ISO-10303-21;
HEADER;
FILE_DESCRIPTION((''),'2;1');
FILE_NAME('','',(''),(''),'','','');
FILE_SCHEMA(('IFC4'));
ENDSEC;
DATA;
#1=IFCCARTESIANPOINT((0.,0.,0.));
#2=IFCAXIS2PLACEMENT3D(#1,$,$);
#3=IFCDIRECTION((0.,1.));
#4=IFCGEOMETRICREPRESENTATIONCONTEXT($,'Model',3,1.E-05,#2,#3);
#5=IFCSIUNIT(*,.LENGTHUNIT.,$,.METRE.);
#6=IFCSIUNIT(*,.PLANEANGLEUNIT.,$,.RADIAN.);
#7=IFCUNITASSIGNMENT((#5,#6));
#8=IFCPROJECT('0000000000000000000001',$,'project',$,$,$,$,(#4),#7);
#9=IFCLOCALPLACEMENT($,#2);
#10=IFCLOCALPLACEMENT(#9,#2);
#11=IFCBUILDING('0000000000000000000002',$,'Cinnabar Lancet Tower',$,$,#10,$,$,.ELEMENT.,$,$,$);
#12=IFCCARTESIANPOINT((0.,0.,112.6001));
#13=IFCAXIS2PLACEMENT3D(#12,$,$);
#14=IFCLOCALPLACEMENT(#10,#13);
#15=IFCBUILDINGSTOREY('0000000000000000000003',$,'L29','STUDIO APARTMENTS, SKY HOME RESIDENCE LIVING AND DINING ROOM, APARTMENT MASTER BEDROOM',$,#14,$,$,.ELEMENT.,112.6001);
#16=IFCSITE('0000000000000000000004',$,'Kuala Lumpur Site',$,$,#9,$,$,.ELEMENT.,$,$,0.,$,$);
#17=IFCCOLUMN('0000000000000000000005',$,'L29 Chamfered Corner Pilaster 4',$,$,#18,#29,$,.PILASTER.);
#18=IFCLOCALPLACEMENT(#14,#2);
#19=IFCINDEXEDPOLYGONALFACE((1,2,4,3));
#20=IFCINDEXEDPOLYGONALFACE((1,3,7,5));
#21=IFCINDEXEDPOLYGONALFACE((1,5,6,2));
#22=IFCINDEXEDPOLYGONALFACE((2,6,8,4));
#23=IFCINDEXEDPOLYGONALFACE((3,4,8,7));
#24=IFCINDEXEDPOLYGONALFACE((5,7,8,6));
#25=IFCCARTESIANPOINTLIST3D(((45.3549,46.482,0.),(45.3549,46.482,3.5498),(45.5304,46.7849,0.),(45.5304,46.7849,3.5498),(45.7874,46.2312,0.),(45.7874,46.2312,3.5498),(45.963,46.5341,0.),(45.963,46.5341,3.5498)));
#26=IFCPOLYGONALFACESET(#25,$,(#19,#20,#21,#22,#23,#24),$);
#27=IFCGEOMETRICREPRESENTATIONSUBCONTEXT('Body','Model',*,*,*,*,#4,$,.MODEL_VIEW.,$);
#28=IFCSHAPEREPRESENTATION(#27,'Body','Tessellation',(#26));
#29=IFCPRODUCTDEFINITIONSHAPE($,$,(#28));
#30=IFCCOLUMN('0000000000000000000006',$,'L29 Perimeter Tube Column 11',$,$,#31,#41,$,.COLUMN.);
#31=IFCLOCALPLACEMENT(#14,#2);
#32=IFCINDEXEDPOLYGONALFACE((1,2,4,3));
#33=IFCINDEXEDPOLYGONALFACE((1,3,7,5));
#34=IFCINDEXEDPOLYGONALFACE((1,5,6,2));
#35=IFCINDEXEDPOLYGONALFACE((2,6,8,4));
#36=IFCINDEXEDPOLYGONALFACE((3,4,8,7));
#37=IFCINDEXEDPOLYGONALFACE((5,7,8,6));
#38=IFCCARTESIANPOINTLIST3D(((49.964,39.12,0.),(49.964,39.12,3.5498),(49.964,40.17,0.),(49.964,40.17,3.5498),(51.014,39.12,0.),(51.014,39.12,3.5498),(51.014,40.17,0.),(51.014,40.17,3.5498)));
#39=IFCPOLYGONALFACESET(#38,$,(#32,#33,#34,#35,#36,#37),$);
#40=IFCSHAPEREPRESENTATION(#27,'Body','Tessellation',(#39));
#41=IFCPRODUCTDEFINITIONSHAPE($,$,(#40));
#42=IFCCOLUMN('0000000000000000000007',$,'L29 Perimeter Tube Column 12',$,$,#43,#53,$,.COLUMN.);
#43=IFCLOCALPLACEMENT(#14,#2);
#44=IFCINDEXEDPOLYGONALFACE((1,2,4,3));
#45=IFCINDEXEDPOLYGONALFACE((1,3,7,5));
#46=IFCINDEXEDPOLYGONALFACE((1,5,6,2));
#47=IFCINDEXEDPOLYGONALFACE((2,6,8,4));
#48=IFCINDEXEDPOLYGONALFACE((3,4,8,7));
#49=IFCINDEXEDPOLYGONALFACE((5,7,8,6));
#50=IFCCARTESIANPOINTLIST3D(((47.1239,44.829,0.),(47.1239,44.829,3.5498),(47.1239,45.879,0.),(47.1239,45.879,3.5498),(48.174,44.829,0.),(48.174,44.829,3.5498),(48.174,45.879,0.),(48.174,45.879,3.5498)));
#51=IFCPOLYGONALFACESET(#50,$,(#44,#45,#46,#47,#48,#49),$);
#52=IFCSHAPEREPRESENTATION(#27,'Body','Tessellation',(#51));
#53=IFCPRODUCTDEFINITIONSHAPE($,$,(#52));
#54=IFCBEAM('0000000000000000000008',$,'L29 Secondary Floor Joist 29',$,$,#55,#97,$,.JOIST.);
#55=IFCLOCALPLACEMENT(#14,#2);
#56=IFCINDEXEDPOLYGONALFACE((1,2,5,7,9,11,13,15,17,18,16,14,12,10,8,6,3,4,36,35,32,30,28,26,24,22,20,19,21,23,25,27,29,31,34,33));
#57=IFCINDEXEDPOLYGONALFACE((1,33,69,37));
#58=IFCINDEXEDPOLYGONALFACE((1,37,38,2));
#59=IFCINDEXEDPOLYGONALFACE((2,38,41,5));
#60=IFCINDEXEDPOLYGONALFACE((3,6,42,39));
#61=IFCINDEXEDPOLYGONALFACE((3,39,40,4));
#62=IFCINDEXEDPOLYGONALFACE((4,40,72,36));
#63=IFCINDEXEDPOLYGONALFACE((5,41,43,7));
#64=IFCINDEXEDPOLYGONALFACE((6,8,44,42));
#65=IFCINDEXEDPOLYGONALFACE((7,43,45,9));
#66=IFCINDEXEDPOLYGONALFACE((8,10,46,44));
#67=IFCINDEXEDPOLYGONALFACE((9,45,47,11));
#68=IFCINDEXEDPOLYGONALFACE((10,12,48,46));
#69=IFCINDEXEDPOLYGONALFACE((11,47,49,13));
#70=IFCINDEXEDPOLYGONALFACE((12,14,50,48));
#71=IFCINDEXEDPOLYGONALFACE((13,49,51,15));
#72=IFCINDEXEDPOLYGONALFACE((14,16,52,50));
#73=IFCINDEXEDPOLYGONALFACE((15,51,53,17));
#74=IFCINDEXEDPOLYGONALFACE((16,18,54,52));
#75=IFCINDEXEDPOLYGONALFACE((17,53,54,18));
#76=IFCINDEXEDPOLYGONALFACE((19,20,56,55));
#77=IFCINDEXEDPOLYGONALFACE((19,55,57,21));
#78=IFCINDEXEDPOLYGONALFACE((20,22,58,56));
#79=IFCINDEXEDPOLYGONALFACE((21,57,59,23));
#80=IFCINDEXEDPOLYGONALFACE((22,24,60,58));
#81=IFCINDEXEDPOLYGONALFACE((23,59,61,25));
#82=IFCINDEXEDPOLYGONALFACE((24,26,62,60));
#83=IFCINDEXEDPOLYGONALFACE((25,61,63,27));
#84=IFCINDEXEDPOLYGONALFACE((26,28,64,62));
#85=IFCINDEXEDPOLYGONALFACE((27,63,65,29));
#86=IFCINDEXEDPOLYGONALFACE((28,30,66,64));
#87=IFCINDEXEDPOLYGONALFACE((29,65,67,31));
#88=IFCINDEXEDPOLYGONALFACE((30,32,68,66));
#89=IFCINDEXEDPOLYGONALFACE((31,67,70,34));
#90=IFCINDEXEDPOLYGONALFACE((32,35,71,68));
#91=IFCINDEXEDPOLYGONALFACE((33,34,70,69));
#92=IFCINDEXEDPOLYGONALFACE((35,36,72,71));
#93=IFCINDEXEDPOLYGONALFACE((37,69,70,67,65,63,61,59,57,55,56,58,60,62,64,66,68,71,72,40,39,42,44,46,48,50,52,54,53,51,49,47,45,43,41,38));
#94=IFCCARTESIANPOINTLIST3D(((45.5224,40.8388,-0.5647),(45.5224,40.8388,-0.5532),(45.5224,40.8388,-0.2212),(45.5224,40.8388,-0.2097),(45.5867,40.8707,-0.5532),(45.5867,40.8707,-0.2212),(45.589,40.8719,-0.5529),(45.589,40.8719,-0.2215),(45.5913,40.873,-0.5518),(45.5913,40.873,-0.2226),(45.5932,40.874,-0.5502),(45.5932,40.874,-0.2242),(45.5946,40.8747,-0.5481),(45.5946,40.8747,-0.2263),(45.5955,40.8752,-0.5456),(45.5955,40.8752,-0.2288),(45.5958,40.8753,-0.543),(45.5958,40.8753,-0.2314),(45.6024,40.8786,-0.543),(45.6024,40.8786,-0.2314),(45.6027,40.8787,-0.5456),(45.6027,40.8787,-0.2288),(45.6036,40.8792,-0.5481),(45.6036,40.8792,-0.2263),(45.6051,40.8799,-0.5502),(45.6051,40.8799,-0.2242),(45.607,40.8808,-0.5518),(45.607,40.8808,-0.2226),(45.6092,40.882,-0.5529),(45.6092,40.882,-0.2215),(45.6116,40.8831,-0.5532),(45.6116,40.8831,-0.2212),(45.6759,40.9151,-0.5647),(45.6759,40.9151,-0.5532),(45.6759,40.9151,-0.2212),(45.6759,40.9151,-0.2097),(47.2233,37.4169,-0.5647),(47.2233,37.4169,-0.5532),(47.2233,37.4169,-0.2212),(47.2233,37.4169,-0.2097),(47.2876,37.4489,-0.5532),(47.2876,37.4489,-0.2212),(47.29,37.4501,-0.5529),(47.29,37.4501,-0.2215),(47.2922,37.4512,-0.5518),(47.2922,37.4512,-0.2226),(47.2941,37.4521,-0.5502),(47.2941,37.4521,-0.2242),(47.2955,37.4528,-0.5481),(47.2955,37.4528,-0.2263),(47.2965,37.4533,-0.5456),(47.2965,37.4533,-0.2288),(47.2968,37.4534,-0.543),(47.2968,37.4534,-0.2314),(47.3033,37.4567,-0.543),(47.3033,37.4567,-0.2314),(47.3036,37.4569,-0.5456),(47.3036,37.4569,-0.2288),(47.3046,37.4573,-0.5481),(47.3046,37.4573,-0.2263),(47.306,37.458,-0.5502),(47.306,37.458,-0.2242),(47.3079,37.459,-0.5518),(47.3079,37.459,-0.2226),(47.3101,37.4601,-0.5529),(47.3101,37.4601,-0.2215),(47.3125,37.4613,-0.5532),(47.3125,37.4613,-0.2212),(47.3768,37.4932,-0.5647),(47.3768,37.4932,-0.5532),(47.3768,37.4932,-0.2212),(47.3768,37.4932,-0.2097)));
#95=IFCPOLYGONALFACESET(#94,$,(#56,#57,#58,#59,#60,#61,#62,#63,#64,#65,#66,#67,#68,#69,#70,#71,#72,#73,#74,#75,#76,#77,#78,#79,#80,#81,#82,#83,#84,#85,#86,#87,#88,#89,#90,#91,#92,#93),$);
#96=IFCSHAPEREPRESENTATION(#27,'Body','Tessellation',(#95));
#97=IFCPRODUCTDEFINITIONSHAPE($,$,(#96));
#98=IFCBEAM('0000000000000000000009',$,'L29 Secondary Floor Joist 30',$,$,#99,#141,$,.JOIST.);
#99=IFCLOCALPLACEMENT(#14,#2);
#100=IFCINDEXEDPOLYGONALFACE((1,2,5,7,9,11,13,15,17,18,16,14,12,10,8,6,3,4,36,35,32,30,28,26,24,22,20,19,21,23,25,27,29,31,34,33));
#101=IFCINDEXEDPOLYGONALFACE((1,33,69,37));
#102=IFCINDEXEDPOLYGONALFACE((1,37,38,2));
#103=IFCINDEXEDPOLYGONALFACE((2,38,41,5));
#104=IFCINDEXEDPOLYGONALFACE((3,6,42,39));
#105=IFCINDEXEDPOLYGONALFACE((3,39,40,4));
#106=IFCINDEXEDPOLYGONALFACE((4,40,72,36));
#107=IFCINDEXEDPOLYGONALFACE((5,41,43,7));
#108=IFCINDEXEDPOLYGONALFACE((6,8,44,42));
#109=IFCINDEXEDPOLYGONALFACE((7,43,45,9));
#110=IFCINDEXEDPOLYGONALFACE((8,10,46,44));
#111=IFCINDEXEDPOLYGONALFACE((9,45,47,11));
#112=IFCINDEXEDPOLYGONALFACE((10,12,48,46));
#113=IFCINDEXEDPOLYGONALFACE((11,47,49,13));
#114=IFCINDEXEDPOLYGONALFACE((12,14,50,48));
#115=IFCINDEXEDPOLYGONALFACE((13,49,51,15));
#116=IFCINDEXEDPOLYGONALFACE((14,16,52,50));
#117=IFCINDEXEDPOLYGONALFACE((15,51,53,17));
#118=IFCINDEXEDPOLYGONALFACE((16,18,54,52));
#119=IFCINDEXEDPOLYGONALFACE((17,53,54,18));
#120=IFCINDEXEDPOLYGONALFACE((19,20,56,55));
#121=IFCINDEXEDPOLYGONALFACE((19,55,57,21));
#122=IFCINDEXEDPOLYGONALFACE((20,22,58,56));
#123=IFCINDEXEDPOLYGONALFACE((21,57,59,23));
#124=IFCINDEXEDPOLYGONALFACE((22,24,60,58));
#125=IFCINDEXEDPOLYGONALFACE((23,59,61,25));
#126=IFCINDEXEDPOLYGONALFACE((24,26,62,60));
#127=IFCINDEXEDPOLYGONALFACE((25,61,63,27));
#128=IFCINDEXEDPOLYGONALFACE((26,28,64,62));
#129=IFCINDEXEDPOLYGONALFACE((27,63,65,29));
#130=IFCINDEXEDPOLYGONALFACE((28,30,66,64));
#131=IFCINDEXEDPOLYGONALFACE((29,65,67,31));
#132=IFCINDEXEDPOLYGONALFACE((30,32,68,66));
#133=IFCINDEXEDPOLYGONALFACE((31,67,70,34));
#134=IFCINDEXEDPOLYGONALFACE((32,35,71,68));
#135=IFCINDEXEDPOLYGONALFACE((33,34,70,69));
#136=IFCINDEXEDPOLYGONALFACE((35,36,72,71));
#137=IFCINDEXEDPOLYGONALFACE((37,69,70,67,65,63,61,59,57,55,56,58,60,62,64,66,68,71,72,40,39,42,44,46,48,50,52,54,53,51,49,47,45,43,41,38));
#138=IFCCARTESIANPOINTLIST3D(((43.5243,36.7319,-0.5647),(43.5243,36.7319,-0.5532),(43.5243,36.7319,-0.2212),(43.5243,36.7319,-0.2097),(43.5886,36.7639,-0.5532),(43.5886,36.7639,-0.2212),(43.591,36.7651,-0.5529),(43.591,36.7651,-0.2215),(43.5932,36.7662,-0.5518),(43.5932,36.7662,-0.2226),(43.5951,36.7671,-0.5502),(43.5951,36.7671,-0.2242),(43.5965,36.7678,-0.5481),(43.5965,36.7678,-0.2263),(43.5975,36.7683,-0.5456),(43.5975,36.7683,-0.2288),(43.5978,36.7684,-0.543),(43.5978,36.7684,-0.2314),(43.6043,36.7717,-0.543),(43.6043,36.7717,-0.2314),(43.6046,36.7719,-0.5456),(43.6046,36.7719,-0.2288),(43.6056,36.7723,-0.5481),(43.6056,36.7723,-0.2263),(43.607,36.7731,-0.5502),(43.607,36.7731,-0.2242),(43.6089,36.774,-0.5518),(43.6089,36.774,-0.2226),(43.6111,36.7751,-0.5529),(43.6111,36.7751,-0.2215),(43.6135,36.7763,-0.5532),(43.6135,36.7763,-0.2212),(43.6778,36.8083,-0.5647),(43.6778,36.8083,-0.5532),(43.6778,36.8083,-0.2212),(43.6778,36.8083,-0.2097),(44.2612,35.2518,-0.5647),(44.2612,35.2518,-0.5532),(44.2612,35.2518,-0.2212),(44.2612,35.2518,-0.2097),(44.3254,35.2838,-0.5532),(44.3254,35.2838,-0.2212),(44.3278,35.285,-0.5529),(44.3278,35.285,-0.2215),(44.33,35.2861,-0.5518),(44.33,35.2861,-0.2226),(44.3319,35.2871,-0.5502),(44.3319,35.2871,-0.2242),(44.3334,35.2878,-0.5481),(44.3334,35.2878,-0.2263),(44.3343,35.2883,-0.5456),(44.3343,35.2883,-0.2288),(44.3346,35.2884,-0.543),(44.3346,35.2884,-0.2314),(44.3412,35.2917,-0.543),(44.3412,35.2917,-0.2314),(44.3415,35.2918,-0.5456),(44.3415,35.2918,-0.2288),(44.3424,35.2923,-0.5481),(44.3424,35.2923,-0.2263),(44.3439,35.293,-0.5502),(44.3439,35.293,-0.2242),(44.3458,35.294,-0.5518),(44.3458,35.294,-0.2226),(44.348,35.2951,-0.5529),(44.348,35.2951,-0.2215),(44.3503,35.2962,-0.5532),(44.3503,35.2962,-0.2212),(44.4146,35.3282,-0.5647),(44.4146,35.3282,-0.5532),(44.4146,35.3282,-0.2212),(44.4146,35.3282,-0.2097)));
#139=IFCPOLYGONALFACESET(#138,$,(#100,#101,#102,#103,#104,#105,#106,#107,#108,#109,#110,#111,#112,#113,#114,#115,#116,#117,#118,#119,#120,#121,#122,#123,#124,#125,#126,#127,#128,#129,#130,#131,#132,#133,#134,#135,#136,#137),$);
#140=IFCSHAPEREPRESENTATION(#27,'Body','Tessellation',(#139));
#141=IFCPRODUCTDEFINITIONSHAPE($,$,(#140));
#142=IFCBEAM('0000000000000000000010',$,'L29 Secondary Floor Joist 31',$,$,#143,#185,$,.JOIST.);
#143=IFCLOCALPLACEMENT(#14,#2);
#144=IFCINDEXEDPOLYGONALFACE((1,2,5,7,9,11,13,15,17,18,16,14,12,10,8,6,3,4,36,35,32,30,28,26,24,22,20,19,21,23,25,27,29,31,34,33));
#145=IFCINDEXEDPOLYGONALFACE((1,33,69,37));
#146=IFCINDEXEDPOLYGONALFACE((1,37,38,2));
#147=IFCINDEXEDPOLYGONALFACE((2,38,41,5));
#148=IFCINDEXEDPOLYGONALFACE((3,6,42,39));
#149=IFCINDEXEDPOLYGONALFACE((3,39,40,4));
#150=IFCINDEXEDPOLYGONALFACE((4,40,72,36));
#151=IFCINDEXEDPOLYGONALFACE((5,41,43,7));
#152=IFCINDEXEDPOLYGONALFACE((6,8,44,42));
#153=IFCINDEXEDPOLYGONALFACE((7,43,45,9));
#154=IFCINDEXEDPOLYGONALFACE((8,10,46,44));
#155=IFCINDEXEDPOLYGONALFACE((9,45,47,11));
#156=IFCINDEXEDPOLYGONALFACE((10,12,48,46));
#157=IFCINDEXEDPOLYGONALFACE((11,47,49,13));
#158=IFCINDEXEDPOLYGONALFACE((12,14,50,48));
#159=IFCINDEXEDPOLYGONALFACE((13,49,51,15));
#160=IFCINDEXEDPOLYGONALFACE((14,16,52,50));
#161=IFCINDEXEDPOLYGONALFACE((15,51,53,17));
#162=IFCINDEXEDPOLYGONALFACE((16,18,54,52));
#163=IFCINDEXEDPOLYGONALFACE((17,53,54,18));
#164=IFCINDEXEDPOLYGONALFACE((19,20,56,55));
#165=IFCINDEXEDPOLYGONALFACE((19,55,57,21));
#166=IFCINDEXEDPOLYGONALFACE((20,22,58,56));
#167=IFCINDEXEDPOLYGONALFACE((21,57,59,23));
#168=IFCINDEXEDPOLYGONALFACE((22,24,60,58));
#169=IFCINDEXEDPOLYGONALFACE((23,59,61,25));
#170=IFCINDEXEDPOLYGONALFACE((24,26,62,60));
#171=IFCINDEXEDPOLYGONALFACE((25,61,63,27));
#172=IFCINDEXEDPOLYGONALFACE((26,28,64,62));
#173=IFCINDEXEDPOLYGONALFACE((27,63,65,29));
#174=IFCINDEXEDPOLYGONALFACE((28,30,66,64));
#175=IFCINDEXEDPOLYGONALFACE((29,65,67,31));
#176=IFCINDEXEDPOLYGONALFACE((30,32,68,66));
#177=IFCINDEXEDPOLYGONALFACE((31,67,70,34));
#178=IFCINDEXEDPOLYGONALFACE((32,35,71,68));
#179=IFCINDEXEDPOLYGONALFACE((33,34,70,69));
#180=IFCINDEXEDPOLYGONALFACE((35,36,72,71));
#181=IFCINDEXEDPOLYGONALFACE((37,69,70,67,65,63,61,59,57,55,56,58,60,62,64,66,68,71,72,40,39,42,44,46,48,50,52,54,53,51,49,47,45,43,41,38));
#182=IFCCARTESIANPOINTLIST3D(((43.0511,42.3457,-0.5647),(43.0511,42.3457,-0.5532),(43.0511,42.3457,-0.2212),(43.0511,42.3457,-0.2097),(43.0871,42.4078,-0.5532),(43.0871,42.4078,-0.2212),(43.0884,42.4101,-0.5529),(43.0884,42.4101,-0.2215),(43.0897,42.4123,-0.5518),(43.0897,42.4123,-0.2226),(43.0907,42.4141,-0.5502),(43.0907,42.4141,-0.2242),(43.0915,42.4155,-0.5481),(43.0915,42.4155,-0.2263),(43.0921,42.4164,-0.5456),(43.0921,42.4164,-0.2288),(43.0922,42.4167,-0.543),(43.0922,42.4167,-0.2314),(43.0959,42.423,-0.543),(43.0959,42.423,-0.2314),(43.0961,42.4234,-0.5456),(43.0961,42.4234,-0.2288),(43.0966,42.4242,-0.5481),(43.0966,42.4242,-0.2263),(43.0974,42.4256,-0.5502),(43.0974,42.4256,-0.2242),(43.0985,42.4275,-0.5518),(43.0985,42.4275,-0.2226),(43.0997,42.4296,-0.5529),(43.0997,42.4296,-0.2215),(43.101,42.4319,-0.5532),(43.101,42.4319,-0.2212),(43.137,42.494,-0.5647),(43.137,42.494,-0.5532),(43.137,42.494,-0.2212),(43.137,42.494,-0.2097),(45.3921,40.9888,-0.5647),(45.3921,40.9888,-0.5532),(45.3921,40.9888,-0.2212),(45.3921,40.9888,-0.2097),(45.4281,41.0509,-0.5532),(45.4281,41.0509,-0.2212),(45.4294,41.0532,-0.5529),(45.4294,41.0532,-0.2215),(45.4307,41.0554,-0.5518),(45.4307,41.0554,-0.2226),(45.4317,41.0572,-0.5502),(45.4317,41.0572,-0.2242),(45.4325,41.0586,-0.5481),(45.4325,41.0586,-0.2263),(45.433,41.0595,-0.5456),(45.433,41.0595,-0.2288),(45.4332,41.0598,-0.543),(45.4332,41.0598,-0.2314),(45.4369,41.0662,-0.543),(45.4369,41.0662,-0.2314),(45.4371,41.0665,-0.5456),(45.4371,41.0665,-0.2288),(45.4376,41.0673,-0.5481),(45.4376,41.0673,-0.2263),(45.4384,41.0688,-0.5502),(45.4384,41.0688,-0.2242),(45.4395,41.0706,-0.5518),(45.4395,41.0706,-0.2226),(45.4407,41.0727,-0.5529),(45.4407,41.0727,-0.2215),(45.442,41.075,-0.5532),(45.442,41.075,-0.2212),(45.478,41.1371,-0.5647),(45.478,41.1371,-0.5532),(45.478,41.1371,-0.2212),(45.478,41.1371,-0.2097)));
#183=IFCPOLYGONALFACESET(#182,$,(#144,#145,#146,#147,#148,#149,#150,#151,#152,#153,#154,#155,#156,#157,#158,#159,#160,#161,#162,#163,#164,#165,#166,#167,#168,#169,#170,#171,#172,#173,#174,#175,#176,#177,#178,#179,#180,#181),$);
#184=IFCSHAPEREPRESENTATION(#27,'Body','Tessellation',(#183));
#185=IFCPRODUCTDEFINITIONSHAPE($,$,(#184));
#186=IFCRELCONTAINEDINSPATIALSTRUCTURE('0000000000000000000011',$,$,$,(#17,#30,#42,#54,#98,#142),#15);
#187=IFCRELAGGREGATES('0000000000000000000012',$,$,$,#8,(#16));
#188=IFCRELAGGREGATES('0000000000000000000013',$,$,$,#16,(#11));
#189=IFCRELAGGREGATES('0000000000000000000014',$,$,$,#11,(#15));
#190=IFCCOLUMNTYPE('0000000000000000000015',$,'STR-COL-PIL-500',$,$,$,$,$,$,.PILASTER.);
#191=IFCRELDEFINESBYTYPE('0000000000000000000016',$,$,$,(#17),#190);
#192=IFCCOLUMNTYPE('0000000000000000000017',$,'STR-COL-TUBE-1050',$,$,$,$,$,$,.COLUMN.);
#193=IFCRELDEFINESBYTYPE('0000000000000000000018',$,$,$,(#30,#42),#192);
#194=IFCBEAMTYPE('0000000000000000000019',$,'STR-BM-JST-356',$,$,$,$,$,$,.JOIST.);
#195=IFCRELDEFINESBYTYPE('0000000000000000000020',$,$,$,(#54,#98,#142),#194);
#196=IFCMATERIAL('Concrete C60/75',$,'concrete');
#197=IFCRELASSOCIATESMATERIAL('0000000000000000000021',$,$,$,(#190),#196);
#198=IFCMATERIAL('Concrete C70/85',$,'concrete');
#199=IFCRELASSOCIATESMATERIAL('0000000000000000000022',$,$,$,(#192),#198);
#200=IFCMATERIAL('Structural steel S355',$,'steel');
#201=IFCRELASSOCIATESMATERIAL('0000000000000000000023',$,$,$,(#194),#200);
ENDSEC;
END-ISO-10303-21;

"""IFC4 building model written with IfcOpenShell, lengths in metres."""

from ifc_helpers import new_model, si_unit, direction, frame, origin, origin_2d, place, context, subcontext, project, spatial, rectangle, i_section, extrude, material, material_profile, profile_set, type_object, element, save


model = new_model("IFC4")

# Units and contexts
model_context = context("Model", 3, precision=1e-05, world=origin(), true_north=direction((0.0, 1.0)))
body_context = subcontext(model_context, "Body", "Model", "MODEL_VIEW")
ifc_project = project(units=[si_unit("LENGTHUNIT", "METRE"), si_unit("PLANEANGLEUNIT", "RADIAN")], contexts=[model_context])

# Site, building, storey
site_placement = place(None, origin())
site = spatial("IfcSite", under=ifc_project, at=site_placement, Name="Kuala Lumpur Site", CompositionType="ELEMENT", RefElevation=0.0)
building_placement = place(site_placement, origin())
building = spatial("IfcBuilding", under=site, at=building_placement, Name="Cinnabar Lancet Tower", CompositionType="ELEMENT")
storey_placement = place(building_placement, frame((0.0, 0.0, 112.6001)))
storey = spatial("IfcBuildingStorey", under=building, at=storey_placement, Name="L29", Description="STUDIO APARTMENTS, SKY HOME RESIDENCE LIVING AND DINING ROOM, APARTMENT MASTER BEDROOM", CompositionType="ELEMENT", Elevation=112.6001)

# Columns
ifc_material_1 = material(Name="Concrete C60/75", Category="concrete")
ifc_material_profile_1 = material_profile(ifc_material_1, rectangle(XDim=0.5, YDim=0.3501, at=origin_2d()), Name="RC-PIL 500x350")
ifc_profile_set_1 = profile_set([ifc_material_profile_1], Name="Concrete C60/75")
column_type_1 = type_object("IfcColumnType", Name="STR-COL-PIL-500", PredefinedType="PILASTER", material=ifc_profile_set_1)
column_placement = place(storey_placement, frame((45.6589, 46.5081, 0.0), z_axis=(0.0, 0.0, 1.0), x_axis=(-0.86516, 0.501496, 0.0)))
element("IfcColumn", 1, at=column_placement, inside=storey, type_object=column_type_1, Name="L29 Chamfered Corner Pilaster 4", PredefinedType="PILASTER", context=body_context, shape_type="SweptSolid", body=[
    extrude(rectangle(XDim=0.5, YDim=0.3501, at=origin_2d()), origin(), (0.0, 0.0, 1.0), 3.5498),
])
ifc_material_2 = material(Name="Concrete C70/85", Category="concrete")
ifc_material_profile_2 = material_profile(ifc_material_2, rectangle(XDim=1.05, YDim=1.05, at=origin_2d()), Name="RC-COL 1050x1050")
ifc_profile_set_2 = profile_set([ifc_material_profile_2], Name="Concrete C70/85")
column_type_2 = type_object("IfcColumnType", Name="STR-COL-TUBE-1050", PredefinedType="COLUMN", material=ifc_profile_set_2)
for number, where, z_axis, x_axis, name in (
    (2, (50.489, 39.645, 0.0), (0.0, 0.0, 1.0), (1.0, 0.0, 0.0), "L29 Perimeter Tube Column 11"),
    (3, (47.6489, 45.354, 0.0), (0.0, 0.0, 1.0), (1.0, 0.0, 0.0), "L29 Perimeter Tube Column 12"),
):
    element("IfcColumn", number, at=place(storey_placement, frame(where, z_axis=z_axis, x_axis=x_axis)), inside=storey, type_object=column_type_2, Name=name, PredefinedType="COLUMN", context=body_context, shape_type="SweptSolid", body=[
        extrude(rectangle(XDim=1.05, YDim=1.05, at=origin_2d()), origin(), (0.0, 0.0, 1.0), 3.5498),
    ])

# Beams
ifc_material_3 = material(Name="Structural steel S355", Category="steel")
ifc_material_profile_3 = material_profile(ifc_material_3, i_section(OverallWidth=0.1714, OverallDepth=0.355, WebThickness=0.0073, FlangeThickness=0.0115, FilletRadius=0.0103, at=origin_2d()), Name="UKB 356x171x51")
ifc_profile_set_3 = profile_set([ifc_material_profile_3], Name="Structural steel S355")
beam_type_1 = type_object("IfcBeamType", Name="STR-BM-JST-356", PredefinedType="JOIST", material=ifc_profile_set_3)
beam_1_placement = place(storey_placement, frame((47.3, 37.4551, -0.3872), z_axis=(-0.445117, 0.895473, 0.0), x_axis=(-0.895473, -0.445117, 0.0)))
element("IfcBeam", 4, at=beam_1_placement, inside=storey, type_object=beam_type_1, Name="L29 Secondary Floor Joist 29", PredefinedType="JOIST", context=body_context, shape_type="SweptSolid", body=[
    extrude(i_section(OverallWidth=0.1714, OverallDepth=0.355, WebThickness=0.0073, FlangeThickness=0.0115, FilletRadius=0.0103, at=origin_2d()), origin(), (0.0, 0.0, 1.0), 3.8213),
])
beam_2_placement = place(storey_placement, frame((44.3379, 35.29, -0.3872), z_axis=(-0.445677, 0.895194, 0.0), x_axis=(-0.895194, -0.445677, 0.0)))
element("IfcBeam", 5, at=beam_2_placement, inside=storey, type_object=beam_type_1, Name="L29 Secondary Floor Joist 30", PredefinedType="JOIST", context=body_context, shape_type="SweptSolid", body=[
    extrude(i_section(OverallWidth=0.1714, OverallDepth=0.355, WebThickness=0.0073, FlangeThickness=0.0115, FilletRadius=0.0103, at=origin_2d()), origin(), (0.0, 0.0, 1.0), 1.6533),
])
beam_3_placement = place(storey_placement, frame((45.4351, 41.063, -0.3872), z_axis=(-0.865173, 0.501474, 0.0), x_axis=(-0.501474, -0.865173, 0.0)))
element("IfcBeam", 6, at=beam_3_placement, inside=storey, type_object=beam_type_1, Name="L29 Secondary Floor Joist 31", PredefinedType="JOIST", context=body_context, shape_type="SweptSolid", body=[
    extrude(i_section(OverallWidth=0.1714, OverallDepth=0.355, WebThickness=0.0073, FlangeThickness=0.0115, FilletRadius=0.0103, at=origin_2d()), origin(), (0.0, 0.0, 1.0), 2.7058),
])

save(model, "model.ifc")
